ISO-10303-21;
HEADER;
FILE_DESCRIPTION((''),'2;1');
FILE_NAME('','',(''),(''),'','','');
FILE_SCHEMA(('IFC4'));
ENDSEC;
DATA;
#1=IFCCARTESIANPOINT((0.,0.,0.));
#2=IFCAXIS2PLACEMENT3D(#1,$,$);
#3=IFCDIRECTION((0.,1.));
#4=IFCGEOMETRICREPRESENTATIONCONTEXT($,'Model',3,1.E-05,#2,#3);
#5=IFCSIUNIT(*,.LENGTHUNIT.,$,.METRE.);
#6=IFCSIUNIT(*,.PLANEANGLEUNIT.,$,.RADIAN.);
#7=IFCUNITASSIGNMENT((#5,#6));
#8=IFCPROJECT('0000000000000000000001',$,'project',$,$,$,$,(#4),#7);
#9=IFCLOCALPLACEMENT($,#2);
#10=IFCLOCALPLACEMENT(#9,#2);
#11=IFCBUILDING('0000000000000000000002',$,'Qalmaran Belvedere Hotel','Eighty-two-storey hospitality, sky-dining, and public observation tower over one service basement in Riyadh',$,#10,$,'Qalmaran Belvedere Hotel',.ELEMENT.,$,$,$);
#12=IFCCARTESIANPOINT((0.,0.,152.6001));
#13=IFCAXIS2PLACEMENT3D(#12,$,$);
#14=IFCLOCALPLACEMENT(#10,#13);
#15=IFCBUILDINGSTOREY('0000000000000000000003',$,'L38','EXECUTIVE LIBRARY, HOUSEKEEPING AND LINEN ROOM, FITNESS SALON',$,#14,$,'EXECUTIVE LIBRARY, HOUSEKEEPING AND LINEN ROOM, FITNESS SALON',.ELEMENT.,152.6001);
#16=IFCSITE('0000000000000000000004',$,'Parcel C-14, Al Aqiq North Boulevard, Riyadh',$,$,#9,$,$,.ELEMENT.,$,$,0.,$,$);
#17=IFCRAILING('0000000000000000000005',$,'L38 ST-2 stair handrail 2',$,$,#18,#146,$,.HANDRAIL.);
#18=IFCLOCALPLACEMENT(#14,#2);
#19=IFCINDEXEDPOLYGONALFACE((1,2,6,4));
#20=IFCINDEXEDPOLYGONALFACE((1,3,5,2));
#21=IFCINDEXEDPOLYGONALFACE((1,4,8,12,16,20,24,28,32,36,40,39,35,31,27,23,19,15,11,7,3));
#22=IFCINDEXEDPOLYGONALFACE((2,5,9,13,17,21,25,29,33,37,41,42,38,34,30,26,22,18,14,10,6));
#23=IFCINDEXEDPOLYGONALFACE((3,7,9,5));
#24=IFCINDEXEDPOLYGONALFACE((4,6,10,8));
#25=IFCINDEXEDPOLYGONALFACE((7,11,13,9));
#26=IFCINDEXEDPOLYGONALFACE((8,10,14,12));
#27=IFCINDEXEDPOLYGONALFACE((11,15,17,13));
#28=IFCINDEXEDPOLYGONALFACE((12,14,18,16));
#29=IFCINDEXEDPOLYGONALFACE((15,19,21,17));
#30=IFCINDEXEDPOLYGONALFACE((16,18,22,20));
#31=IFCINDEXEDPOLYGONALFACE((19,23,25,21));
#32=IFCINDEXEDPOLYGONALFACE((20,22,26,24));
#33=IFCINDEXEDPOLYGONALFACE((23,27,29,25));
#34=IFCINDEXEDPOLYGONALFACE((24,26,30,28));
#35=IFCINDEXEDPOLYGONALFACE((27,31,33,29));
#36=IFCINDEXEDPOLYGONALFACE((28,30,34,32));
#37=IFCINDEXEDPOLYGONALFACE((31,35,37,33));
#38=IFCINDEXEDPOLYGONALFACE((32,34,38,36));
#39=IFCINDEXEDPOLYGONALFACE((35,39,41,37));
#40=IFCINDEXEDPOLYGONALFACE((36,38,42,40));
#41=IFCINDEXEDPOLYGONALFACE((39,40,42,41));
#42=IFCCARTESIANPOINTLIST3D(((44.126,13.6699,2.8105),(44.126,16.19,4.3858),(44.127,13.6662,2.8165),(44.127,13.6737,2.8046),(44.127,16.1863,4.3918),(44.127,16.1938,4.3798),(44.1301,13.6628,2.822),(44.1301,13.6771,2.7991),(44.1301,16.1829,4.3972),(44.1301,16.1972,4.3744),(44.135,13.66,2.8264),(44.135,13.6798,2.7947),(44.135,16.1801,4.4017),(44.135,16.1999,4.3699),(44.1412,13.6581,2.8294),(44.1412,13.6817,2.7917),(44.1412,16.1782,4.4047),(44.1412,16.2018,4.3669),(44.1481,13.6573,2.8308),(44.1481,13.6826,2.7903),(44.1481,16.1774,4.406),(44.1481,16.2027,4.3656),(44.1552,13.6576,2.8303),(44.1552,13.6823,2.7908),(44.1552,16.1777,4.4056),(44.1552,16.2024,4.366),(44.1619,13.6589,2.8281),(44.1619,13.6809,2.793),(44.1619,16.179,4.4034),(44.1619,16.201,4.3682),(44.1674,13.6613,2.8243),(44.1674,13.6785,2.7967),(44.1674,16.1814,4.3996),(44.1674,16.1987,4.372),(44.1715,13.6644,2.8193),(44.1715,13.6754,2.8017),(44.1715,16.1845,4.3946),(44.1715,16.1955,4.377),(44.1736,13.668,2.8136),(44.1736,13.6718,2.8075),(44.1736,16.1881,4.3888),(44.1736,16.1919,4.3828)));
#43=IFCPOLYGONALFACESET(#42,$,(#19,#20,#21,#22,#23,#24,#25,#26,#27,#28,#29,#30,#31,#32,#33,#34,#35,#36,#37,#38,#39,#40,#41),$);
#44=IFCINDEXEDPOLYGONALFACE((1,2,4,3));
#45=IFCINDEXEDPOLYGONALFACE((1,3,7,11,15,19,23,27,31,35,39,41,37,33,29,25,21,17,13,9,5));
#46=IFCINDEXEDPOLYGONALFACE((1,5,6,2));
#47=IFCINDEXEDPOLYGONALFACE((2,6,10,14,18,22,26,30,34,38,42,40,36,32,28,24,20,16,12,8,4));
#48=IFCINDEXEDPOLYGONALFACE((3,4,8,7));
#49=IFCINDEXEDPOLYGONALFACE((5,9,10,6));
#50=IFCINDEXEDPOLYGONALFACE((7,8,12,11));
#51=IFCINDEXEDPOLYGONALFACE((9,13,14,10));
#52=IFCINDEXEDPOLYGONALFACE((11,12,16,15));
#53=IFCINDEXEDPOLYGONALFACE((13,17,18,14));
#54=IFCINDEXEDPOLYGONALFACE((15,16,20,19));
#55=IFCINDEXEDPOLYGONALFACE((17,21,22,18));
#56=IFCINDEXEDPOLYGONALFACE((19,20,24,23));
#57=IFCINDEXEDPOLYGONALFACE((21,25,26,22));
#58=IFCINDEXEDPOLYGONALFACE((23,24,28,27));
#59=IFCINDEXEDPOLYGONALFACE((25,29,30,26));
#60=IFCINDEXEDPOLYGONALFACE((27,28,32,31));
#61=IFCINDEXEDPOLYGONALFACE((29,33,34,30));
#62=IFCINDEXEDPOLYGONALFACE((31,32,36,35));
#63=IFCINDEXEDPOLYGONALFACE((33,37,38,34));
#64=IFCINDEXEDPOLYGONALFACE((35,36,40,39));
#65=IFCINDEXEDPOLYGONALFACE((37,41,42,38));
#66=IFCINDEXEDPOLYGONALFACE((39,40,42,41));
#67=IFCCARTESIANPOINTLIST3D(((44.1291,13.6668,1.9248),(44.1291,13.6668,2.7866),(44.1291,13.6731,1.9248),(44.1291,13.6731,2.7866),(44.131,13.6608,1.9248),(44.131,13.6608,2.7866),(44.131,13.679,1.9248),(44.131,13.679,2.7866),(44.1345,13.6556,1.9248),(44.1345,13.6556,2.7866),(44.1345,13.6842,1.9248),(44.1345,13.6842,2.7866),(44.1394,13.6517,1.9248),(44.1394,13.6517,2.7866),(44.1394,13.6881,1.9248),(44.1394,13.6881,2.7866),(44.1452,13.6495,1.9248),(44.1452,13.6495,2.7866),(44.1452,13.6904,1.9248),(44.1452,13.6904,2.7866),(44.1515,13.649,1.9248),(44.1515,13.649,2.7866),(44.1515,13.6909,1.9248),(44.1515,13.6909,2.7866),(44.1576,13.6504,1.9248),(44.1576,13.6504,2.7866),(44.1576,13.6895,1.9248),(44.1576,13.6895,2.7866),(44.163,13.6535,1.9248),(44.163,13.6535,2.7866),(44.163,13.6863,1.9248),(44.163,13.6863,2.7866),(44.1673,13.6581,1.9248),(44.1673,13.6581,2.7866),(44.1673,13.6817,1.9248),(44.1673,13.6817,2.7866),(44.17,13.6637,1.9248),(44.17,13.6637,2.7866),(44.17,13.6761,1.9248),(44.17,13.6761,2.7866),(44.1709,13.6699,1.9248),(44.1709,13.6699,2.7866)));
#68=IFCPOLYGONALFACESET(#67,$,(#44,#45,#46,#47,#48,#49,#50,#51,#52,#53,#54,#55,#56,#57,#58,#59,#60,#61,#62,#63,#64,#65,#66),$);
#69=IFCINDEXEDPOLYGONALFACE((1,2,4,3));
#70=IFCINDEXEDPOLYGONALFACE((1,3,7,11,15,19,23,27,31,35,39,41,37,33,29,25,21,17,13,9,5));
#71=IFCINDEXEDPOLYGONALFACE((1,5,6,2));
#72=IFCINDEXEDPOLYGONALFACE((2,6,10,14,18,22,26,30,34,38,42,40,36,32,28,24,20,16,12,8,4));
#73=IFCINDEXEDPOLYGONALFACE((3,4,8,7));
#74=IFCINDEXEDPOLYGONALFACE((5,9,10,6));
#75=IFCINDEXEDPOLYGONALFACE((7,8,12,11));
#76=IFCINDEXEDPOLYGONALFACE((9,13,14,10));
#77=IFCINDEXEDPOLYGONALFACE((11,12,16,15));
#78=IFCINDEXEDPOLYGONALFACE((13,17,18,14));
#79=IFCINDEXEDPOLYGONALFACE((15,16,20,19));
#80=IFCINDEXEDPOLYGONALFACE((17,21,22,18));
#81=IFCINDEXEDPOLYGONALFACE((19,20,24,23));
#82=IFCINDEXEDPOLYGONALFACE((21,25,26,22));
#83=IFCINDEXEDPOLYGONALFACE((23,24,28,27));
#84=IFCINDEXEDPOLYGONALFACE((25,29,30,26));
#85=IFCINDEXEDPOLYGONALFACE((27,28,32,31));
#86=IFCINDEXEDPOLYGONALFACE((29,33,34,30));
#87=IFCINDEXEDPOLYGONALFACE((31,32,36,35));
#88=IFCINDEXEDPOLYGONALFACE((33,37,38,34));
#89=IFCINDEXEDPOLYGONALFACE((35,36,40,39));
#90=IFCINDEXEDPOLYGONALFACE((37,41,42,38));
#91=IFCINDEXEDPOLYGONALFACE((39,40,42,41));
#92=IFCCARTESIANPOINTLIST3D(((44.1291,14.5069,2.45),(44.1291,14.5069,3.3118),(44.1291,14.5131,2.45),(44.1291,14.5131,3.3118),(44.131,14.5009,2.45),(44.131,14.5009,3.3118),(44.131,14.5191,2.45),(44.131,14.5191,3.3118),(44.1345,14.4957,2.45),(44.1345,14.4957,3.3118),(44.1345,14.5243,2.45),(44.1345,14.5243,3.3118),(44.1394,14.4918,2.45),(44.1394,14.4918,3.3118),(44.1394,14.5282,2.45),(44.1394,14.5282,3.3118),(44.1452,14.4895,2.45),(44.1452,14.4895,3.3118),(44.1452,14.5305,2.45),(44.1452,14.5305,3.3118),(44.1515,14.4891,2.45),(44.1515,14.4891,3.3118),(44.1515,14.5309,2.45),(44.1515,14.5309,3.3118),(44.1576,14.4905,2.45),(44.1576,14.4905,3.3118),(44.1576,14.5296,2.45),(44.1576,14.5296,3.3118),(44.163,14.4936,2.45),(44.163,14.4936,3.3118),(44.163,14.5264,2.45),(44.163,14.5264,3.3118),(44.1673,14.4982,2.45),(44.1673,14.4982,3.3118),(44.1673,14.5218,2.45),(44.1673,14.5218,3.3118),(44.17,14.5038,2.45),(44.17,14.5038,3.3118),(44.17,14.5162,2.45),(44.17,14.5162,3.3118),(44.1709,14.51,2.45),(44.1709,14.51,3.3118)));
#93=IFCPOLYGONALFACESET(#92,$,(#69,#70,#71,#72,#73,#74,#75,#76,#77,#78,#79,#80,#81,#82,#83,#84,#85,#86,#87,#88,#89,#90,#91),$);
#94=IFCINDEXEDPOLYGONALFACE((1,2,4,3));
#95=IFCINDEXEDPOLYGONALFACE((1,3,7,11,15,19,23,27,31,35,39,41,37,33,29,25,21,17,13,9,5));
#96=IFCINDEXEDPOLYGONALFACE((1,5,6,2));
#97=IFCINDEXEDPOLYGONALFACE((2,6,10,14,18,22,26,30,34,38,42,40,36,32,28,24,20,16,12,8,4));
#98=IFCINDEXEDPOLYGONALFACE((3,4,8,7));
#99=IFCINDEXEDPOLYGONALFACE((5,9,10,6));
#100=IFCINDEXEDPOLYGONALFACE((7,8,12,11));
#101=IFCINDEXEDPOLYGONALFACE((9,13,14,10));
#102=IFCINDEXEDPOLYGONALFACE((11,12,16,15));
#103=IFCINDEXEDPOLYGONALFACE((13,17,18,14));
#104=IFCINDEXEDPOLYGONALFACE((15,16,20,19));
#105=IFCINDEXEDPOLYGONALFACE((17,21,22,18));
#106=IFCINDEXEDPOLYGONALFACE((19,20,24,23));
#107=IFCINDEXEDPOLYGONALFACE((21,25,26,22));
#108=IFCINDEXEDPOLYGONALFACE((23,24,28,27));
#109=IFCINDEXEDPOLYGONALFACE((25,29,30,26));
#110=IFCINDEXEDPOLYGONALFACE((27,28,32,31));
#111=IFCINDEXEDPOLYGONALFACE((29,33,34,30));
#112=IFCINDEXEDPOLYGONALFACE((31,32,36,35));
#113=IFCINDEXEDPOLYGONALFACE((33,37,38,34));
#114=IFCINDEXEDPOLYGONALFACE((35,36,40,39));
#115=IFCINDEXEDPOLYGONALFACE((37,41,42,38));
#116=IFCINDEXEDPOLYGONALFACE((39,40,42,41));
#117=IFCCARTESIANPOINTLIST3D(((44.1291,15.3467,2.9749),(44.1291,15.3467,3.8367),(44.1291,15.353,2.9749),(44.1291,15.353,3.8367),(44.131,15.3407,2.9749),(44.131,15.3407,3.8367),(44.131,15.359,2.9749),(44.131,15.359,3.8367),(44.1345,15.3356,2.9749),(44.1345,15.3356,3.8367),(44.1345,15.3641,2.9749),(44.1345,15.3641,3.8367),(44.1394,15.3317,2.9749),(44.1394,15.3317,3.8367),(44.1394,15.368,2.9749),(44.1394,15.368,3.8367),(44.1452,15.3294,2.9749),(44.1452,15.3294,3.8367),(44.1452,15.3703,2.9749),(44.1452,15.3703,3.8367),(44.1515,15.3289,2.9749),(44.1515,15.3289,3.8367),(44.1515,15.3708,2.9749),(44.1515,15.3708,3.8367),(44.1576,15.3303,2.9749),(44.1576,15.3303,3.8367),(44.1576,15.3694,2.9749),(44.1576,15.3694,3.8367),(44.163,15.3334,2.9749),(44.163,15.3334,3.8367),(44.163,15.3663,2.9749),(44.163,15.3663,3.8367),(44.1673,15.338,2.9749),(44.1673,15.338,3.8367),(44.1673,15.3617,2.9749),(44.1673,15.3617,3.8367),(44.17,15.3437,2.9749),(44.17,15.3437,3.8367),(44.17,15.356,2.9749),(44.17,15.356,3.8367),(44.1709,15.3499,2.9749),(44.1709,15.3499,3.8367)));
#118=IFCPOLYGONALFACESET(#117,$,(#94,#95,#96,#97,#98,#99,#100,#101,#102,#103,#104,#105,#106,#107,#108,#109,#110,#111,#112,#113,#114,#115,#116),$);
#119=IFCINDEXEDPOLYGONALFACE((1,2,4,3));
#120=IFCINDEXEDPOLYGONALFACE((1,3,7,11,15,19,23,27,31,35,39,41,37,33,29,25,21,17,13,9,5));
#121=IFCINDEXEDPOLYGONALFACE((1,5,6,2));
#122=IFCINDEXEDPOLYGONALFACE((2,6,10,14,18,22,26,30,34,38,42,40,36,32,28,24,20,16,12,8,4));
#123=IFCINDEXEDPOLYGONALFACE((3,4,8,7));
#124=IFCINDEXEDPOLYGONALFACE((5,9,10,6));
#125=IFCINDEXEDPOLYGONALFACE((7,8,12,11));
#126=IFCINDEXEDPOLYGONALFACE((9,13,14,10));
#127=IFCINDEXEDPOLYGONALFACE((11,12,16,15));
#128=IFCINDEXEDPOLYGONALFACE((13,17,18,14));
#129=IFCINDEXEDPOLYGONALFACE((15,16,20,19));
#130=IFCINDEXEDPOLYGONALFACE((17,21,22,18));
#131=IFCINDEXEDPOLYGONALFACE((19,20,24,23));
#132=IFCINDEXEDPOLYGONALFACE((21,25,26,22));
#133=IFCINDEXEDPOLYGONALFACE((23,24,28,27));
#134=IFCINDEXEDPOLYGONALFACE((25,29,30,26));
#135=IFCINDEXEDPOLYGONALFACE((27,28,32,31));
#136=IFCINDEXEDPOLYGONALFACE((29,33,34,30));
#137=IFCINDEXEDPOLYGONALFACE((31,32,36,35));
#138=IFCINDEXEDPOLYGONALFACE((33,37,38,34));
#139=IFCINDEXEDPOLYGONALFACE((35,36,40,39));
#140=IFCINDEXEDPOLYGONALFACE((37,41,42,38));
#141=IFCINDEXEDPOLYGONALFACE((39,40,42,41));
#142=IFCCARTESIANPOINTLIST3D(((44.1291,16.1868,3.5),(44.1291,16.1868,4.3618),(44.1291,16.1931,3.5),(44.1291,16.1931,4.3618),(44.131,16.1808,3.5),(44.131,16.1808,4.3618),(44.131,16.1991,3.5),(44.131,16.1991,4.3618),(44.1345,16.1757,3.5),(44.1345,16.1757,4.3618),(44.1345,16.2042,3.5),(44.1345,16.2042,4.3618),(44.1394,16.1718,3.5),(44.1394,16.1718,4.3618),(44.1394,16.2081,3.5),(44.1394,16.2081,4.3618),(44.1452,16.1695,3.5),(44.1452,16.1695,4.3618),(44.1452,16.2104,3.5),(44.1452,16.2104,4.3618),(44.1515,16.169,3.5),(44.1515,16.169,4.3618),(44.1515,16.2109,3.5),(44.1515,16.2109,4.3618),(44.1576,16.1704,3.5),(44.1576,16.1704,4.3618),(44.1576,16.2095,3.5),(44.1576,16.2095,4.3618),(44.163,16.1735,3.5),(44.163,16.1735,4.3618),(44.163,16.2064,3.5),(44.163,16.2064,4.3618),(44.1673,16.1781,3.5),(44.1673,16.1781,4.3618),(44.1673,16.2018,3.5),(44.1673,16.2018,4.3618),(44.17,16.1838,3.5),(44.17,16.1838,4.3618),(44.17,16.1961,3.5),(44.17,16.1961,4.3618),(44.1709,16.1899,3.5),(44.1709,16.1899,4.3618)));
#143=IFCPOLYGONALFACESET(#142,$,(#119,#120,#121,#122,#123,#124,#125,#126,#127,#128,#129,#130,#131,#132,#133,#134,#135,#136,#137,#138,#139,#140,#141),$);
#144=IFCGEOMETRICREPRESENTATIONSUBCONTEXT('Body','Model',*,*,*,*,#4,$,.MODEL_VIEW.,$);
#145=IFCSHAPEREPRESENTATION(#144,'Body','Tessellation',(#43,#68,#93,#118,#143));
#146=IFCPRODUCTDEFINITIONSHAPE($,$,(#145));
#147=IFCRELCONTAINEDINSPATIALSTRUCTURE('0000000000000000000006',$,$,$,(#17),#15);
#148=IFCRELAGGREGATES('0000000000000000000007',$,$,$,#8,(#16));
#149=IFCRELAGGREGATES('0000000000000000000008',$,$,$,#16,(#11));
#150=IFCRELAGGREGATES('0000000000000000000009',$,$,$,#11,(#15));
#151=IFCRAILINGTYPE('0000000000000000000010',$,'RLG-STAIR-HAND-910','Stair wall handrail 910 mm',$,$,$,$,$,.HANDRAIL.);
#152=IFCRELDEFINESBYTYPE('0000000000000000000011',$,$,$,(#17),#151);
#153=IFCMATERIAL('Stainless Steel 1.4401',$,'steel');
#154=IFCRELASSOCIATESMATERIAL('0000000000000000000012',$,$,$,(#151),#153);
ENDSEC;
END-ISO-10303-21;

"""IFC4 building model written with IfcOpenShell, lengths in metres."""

from ifc_helpers import new_model, si_unit, direction, frame, origin, origin_2d, place, context, subcontext, project, spatial, circle, extrude, material, type_object, element, save


model = new_model("IFC4")

# Units and contexts
model_context = context("Model", 3, precision=1e-05, world=origin(), true_north=direction((0.0, 1.0)))
body_context = subcontext(model_context, "Body", "Model", "MODEL_VIEW")
ifc_project = project(units=[si_unit("LENGTHUNIT", "METRE"), si_unit("PLANEANGLEUNIT", "RADIAN")], contexts=[model_context])

# Site, building, storey
site_placement = place(None, origin())
site = spatial("IfcSite", under=ifc_project, at=site_placement, Name="Parcel C-14, Al Aqiq North Boulevard, Riyadh", CompositionType="ELEMENT", RefElevation=0.0)
building_placement = place(site_placement, origin())
building = spatial("IfcBuilding", under=site, at=building_placement, Name="Qalmaran Belvedere Hotel", Description="Eighty-two-storey hospitality, sky-dining, and public observation tower over one service basement in Riyadh", LongName="Qalmaran Belvedere Hotel", CompositionType="ELEMENT")
storey_placement = place(building_placement, frame((0.0, 0.0, 152.6001)))
storey = spatial("IfcBuildingStorey", under=building, at=storey_placement, Name="L38", Description="EXECUTIVE LIBRARY, HOUSEKEEPING AND LINEN ROOM, FITNESS SALON", LongName="EXECUTIVE LIBRARY, HOUSEKEEPING AND LINEN ROOM, FITNESS SALON", CompositionType="ELEMENT", Elevation=152.6001)

# Railing
ifc_material_1 = material(Name="Stainless Steel 1.4401", Category="steel")
railing_type_1 = type_object("IfcRailingType", Name="RLG-STAIR-HAND-910", Description="Stair wall handrail 910 mm", PredefinedType="HANDRAIL", material=ifc_material_1)
railing_1_placement = place(storey_placement, frame((44.1499, 13.6699, 1.9248)))
element("IfcRailing", 1, at=railing_1_placement, inside=storey, type_object=railing_type_1, Name="L38 ST-2 stair handrail 2", PredefinedType="HANDRAIL", context=body_context, shape_type="SweptSolid", body=[
    extrude(circle(Radius=0.0239, at=origin_2d()), frame((0.0, 0.0, 0.8857), z_axis=(0.0, 0.847971, 0.530043), x_axis=(-1.0, 0.0, 0.0)), (0.0, 0.0, 1.0), 2.9719),
    extrude(circle(Radius=0.021, at=origin_2d()), origin(), (0.0, 0.0, 1.0), 0.8618),
    extrude(circle(Radius=0.021, at=origin_2d()), frame((0.0, 0.8401, 0.5251)), (0.0, 0.0, 1.0), 0.8618),
    extrude(circle(Radius=0.021, at=origin_2d()), frame((0.0, 1.6799, 1.05)), (0.0, 0.0, 1.0), 0.8618),
    extrude(circle(Radius=0.021, at=origin_2d()), frame((0.0, 2.52, 1.5752)), (0.0, 0.0, 1.0), 0.8618),
])

save(model, "model.ifc")
